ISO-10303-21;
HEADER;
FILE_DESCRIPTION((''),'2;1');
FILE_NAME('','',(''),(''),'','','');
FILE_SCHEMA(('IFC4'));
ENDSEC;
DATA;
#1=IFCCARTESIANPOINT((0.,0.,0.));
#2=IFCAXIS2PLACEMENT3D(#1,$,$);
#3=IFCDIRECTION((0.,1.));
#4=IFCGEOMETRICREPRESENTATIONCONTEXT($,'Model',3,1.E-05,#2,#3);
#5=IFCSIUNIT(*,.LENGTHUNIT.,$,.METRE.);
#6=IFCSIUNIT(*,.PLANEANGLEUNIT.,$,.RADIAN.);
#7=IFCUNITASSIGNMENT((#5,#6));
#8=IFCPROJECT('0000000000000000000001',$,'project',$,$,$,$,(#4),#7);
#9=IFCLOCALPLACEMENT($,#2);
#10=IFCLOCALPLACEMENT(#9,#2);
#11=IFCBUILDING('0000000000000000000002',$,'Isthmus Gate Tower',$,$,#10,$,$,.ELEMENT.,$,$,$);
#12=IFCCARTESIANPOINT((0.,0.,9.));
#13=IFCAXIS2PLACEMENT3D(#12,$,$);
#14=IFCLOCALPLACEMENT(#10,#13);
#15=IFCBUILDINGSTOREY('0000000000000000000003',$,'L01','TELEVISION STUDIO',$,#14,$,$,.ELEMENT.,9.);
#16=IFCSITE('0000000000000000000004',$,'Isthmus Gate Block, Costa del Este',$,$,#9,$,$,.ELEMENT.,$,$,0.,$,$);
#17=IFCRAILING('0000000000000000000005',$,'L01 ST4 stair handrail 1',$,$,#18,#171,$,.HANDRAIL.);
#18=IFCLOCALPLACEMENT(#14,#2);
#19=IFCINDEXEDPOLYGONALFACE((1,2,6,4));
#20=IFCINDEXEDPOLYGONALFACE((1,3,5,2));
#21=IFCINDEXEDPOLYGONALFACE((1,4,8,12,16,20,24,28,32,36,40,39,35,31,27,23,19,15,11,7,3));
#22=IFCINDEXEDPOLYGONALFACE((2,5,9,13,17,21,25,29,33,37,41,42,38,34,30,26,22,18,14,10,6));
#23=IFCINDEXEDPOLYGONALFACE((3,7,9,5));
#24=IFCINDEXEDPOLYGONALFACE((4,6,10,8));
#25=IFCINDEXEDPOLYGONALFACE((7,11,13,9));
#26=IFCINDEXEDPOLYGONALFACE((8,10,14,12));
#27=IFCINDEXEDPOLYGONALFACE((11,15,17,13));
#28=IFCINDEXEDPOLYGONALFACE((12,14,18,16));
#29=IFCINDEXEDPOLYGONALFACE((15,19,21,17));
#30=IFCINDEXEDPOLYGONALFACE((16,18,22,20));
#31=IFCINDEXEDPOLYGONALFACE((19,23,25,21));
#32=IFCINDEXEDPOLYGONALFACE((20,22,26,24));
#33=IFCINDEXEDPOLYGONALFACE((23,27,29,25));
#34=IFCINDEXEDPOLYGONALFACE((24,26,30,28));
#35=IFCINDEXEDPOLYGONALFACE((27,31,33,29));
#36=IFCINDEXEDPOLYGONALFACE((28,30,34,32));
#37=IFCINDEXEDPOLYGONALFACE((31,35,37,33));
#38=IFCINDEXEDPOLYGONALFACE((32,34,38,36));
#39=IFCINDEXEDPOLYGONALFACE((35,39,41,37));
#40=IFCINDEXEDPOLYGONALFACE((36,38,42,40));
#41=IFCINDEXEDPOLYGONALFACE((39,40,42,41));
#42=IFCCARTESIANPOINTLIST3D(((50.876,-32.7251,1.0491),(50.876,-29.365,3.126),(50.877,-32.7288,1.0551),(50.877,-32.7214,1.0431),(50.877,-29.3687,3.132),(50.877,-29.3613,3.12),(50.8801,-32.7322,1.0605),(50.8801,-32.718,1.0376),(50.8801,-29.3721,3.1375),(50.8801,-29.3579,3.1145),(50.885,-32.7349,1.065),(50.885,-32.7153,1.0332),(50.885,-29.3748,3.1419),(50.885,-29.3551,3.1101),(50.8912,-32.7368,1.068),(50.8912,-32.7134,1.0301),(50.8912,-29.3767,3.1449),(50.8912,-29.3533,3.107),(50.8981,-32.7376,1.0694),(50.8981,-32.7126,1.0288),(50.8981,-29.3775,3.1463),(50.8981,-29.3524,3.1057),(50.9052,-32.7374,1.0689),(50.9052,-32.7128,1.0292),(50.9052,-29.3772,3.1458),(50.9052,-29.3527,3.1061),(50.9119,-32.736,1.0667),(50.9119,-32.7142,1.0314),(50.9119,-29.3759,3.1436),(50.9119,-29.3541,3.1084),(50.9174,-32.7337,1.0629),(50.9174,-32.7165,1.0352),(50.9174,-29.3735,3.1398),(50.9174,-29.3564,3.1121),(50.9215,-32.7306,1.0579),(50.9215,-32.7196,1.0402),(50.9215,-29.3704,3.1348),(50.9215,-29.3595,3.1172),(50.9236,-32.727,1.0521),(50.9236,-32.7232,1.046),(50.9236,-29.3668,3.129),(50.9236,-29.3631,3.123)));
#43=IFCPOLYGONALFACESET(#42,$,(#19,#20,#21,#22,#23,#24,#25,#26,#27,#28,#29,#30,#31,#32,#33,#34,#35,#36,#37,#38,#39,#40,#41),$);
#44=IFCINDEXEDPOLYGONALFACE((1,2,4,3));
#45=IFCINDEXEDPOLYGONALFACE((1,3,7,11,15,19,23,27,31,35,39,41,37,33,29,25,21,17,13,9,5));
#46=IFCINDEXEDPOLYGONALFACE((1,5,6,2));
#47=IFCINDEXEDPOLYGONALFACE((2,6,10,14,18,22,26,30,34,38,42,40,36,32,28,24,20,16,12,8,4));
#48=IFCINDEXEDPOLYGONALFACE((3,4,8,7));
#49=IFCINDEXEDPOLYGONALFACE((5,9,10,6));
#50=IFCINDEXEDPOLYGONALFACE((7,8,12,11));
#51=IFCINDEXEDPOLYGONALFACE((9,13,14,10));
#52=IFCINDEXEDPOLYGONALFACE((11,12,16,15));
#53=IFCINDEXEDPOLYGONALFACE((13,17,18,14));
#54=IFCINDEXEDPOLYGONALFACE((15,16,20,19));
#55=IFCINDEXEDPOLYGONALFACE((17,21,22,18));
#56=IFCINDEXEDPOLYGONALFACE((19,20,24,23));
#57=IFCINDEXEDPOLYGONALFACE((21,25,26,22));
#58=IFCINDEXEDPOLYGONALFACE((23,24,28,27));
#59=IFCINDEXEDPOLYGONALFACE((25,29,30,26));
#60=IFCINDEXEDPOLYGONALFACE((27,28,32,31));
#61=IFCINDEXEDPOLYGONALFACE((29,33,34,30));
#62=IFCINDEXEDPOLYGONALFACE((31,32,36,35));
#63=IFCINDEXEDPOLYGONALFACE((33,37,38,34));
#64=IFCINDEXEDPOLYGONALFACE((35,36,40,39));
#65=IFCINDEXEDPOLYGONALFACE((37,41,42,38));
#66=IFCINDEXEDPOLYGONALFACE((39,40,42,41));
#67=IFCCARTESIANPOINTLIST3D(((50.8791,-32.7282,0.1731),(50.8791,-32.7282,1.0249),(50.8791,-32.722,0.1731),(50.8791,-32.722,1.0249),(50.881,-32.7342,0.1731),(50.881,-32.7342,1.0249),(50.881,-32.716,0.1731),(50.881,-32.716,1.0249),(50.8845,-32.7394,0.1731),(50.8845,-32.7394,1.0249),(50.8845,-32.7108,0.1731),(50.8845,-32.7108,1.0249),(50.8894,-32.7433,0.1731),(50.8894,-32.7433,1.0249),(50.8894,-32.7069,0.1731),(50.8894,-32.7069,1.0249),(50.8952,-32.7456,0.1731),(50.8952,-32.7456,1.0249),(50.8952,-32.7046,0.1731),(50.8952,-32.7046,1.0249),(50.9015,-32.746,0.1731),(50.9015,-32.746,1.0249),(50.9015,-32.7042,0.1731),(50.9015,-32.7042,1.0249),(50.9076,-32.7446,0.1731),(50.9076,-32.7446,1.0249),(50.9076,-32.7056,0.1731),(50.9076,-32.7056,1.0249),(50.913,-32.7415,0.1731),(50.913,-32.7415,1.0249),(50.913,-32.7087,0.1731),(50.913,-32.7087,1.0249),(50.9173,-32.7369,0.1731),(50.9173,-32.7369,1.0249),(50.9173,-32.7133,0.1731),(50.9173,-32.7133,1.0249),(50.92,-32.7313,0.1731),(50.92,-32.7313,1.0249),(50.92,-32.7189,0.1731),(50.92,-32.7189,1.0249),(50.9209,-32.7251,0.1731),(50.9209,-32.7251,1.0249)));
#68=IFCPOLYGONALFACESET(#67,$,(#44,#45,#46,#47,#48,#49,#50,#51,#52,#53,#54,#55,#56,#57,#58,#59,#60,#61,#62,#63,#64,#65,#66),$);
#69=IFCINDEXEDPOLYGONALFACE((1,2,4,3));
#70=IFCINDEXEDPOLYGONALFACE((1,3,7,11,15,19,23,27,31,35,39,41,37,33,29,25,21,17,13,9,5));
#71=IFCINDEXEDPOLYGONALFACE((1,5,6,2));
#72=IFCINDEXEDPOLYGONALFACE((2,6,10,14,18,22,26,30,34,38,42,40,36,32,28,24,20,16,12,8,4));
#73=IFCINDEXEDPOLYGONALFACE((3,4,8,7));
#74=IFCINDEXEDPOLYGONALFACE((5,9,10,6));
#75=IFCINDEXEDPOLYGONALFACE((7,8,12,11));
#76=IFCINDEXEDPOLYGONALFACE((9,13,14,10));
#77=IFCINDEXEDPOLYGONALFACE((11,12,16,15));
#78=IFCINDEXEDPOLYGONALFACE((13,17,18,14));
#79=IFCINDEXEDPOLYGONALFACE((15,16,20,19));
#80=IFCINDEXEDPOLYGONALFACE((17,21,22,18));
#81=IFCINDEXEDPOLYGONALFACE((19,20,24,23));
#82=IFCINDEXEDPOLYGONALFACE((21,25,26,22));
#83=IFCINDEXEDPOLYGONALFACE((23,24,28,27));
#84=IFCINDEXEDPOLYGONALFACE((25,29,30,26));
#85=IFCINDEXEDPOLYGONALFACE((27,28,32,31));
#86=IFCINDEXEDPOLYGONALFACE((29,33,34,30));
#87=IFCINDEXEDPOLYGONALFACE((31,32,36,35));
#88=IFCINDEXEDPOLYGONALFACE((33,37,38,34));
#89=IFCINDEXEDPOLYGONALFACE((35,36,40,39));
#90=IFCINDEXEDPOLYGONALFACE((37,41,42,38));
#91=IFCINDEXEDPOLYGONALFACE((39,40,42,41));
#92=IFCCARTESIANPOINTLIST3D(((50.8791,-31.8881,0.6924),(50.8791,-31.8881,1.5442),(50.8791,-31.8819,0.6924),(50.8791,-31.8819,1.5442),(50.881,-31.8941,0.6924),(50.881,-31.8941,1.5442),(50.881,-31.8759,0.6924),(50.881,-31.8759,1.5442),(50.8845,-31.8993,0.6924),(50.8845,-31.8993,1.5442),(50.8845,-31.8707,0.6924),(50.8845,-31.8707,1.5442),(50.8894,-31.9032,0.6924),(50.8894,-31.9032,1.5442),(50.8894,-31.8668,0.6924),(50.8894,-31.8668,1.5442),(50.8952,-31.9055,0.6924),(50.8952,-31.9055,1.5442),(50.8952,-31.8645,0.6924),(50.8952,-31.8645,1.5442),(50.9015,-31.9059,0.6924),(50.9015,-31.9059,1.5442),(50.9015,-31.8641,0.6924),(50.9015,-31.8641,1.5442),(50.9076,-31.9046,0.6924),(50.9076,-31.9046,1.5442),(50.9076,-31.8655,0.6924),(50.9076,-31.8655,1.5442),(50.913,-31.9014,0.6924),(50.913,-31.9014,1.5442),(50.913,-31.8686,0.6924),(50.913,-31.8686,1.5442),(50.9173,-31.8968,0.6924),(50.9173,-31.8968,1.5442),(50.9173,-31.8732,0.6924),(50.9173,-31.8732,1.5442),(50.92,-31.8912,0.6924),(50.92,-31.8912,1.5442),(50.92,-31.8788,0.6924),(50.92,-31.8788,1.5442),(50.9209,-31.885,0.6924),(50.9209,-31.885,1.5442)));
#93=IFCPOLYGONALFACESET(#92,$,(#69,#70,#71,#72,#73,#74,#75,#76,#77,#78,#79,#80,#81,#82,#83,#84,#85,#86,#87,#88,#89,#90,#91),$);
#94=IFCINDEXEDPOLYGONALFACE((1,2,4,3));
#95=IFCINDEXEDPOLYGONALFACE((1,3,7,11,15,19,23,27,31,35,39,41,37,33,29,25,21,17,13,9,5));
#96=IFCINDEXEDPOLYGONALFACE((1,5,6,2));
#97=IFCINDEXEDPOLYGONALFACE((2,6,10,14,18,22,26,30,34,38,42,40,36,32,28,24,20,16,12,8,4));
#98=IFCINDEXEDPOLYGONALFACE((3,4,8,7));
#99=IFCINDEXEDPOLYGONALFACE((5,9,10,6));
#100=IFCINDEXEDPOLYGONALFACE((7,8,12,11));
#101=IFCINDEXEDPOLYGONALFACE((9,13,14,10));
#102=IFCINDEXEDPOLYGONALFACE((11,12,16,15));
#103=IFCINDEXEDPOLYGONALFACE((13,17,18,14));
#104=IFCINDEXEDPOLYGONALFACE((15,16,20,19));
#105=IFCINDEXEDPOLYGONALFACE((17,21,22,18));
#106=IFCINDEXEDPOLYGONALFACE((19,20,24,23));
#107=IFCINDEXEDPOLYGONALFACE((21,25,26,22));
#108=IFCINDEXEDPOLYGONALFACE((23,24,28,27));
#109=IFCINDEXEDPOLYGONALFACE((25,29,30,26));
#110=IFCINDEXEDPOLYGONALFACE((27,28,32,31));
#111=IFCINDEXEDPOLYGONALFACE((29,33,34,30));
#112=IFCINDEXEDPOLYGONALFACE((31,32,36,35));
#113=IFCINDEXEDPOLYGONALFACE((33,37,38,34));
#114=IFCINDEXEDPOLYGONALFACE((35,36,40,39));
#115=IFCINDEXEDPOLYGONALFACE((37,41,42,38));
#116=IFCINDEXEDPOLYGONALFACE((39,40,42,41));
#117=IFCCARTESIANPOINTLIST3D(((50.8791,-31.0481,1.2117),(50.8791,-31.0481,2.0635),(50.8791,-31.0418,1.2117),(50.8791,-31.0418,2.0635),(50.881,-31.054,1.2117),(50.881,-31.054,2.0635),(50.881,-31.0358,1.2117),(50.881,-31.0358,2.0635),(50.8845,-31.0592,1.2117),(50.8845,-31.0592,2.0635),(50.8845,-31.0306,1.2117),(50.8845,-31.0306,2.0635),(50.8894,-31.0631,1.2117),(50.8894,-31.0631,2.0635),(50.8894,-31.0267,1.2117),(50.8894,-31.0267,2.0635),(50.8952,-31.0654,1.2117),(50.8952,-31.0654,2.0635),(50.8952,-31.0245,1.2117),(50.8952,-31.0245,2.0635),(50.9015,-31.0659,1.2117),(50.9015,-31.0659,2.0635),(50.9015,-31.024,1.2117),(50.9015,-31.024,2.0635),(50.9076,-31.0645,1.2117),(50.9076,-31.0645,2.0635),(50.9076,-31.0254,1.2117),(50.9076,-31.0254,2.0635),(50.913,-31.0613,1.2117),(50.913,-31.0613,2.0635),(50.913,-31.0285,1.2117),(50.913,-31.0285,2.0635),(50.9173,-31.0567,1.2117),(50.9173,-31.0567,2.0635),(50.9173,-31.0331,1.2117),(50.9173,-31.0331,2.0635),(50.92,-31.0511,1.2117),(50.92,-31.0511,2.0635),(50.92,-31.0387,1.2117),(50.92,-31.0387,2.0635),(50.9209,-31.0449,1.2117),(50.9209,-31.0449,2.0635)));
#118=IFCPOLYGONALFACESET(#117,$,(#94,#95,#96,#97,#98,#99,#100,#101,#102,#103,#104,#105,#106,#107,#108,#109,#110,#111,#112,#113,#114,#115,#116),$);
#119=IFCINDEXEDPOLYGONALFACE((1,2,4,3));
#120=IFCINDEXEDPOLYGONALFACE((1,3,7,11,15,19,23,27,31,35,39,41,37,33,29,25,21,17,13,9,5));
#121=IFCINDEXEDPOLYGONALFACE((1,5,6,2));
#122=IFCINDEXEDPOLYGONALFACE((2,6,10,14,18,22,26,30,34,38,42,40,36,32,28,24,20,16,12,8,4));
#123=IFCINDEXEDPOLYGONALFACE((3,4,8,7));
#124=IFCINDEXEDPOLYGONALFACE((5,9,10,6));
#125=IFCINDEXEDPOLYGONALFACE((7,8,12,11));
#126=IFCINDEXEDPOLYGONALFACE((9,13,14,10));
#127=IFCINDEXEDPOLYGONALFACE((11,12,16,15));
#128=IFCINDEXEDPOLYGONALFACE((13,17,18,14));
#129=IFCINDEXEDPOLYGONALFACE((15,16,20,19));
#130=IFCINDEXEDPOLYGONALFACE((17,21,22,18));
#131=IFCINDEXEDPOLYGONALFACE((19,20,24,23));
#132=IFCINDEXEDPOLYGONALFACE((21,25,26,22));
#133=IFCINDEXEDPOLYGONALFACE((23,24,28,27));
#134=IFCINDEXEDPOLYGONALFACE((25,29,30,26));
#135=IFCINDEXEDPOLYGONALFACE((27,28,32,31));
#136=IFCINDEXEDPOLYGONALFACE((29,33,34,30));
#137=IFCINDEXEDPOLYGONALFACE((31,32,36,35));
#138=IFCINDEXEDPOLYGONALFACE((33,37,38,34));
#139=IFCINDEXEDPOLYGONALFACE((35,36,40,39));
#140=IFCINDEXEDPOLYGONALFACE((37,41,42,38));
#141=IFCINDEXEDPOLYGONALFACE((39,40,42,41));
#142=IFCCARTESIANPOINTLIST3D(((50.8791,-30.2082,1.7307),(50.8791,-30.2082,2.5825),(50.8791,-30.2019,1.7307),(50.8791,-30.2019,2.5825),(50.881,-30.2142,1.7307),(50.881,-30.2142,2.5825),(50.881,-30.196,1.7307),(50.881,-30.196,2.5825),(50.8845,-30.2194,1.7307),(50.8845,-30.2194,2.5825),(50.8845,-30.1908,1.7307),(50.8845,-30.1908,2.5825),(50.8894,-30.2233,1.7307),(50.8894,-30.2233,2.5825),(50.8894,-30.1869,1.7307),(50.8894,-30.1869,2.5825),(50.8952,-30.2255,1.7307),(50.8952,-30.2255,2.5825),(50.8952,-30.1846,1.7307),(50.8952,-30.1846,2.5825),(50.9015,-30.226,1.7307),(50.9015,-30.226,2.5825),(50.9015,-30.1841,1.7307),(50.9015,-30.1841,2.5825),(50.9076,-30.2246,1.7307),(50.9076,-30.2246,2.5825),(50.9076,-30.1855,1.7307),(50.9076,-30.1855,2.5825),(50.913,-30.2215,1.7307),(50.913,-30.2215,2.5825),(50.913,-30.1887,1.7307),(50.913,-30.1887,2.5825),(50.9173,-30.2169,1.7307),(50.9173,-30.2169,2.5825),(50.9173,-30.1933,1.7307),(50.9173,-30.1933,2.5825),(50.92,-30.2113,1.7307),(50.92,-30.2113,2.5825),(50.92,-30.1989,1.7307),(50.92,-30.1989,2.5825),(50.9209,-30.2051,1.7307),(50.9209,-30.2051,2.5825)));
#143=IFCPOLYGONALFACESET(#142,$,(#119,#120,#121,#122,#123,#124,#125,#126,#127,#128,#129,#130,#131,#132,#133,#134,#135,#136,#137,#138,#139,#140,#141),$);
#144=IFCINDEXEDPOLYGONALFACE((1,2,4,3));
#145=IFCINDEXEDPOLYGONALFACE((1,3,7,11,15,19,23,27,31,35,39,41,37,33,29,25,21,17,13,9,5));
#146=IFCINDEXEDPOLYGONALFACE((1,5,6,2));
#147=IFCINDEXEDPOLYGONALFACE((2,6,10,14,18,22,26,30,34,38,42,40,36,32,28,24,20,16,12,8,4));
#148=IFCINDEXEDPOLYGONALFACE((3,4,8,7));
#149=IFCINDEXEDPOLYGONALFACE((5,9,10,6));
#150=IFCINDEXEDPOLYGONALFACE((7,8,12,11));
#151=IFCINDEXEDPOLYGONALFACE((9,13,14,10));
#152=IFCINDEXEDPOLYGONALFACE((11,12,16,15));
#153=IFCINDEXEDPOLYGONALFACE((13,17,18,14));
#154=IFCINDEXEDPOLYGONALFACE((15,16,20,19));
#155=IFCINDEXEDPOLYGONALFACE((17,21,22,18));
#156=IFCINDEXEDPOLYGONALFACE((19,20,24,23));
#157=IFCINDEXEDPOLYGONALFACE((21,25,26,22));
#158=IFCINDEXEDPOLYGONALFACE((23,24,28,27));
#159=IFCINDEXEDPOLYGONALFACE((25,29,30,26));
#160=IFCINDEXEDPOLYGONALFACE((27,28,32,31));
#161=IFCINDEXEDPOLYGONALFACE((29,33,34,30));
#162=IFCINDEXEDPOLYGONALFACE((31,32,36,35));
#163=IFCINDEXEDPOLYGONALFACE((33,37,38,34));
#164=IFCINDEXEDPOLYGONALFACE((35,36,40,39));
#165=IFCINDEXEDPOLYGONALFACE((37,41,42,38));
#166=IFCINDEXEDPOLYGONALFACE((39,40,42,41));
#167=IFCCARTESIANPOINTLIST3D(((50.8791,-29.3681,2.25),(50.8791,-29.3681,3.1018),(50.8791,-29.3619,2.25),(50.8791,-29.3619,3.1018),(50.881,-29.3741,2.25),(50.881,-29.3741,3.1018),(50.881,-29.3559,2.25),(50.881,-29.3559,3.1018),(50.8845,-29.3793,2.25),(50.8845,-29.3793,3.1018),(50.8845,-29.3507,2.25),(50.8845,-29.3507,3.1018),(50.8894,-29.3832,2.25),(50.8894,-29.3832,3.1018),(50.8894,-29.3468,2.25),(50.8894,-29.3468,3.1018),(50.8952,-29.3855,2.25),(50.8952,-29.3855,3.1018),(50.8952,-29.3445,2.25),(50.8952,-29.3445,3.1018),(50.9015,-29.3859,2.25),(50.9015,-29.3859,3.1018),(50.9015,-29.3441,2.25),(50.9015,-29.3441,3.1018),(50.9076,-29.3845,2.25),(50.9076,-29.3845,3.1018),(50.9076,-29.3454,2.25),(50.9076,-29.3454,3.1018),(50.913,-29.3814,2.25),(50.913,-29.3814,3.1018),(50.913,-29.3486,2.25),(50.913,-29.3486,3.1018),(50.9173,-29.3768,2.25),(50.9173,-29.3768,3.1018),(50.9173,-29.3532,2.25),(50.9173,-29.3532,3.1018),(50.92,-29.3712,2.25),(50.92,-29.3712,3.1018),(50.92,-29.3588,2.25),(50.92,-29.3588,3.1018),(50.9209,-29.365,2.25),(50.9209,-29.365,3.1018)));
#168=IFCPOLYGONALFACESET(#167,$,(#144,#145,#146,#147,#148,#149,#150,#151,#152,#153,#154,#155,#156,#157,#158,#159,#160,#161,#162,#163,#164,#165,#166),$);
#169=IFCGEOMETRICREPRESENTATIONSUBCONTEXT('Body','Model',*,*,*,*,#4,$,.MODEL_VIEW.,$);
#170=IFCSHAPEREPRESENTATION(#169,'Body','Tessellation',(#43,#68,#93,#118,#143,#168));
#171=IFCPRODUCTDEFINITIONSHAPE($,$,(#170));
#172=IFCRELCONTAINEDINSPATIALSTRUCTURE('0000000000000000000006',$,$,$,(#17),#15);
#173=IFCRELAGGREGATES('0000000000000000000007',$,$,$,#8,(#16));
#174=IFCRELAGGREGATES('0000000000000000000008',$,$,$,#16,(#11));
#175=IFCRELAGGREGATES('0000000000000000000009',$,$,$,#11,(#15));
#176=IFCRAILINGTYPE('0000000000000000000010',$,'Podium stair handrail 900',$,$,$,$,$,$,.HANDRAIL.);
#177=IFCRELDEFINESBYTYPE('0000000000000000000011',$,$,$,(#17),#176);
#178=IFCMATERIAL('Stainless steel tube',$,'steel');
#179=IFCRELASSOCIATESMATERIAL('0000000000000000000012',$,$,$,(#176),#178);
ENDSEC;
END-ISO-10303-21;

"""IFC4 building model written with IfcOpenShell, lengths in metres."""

from ifc_helpers import new_model, si_unit, direction, frame, origin, origin_2d, place, context, subcontext, project, spatial, circle, extrude, material, type_object, element, save


model = new_model("IFC4")

# Units and contexts
model_context = context("Model", 3, precision=1e-05, world=origin(), true_north=direction((0.0, 1.0)))
body_context = subcontext(model_context, "Body", "Model", "MODEL_VIEW")
ifc_project = project(units=[si_unit("LENGTHUNIT", "METRE"), si_unit("PLANEANGLEUNIT", "RADIAN")], contexts=[model_context])

# Site, building, storey
site_placement = place(None, origin())
site = spatial("IfcSite", under=ifc_project, at=site_placement, Name="Isthmus Gate Block, Costa del Este", CompositionType="ELEMENT", RefElevation=0.0)
building_placement = place(site_placement, origin())
building = spatial("IfcBuilding", under=site, at=building_placement, Name="Isthmus Gate Tower", CompositionType="ELEMENT")
storey_placement = place(building_placement, frame((0.0, 0.0, 9.0)))
storey = spatial("IfcBuildingStorey", under=building, at=storey_placement, Name="L01", Description="TELEVISION STUDIO", CompositionType="ELEMENT", Elevation=9.0)

# Railing
ifc_material_1 = material(Name="Stainless steel tube", Category="steel")
railing_type_1 = type_object("IfcRailingType", Name="Podium stair handrail 900", PredefinedType="HANDRAIL", material=ifc_material_1)
for number, where, name in (
    (1, (50.8999, -32.7251, 0.1731), "L01 ST4 stair handrail 1"),
):
    element("IfcRailing", number, at=place(storey_placement, frame(where)), inside=storey, type_object=railing_type_1, Name=name, PredefinedType="HANDRAIL", context=body_context, shape_type="SweptSolid", body=[
        extrude(circle(Radius=0.0239, at=origin_2d()), frame((0.0, 0.0, 0.876), z_axis=(0.0, 0.850623, 0.525776), x_axis=(-1.0, 0.0, 0.0)), (0.0, 0.0, 1.0), 3.9502),
        extrude(circle(Radius=0.021, at=origin_2d()), origin(), (0.0, 0.0, 1.0), 0.8518),
        extrude(circle(Radius=0.021, at=origin_2d()), frame((0.0, 0.8401, 0.5193)), (0.0, 0.0, 1.0), 0.8518),
        extrude(circle(Radius=0.021, at=origin_2d()), frame((0.0, 1.6802, 1.0386)), (0.0, 0.0, 1.0), 0.8518),
        extrude(circle(Radius=0.021, at=origin_2d()), frame((0.0, 2.52, 1.5576)), (0.0, 0.0, 1.0), 0.8518),
        extrude(circle(Radius=0.021, at=origin_2d()), frame((0.0, 3.3601, 2.0769)), (0.0, 0.0, 1.0), 0.8518),
    ])

save(model, "model.ifc")
